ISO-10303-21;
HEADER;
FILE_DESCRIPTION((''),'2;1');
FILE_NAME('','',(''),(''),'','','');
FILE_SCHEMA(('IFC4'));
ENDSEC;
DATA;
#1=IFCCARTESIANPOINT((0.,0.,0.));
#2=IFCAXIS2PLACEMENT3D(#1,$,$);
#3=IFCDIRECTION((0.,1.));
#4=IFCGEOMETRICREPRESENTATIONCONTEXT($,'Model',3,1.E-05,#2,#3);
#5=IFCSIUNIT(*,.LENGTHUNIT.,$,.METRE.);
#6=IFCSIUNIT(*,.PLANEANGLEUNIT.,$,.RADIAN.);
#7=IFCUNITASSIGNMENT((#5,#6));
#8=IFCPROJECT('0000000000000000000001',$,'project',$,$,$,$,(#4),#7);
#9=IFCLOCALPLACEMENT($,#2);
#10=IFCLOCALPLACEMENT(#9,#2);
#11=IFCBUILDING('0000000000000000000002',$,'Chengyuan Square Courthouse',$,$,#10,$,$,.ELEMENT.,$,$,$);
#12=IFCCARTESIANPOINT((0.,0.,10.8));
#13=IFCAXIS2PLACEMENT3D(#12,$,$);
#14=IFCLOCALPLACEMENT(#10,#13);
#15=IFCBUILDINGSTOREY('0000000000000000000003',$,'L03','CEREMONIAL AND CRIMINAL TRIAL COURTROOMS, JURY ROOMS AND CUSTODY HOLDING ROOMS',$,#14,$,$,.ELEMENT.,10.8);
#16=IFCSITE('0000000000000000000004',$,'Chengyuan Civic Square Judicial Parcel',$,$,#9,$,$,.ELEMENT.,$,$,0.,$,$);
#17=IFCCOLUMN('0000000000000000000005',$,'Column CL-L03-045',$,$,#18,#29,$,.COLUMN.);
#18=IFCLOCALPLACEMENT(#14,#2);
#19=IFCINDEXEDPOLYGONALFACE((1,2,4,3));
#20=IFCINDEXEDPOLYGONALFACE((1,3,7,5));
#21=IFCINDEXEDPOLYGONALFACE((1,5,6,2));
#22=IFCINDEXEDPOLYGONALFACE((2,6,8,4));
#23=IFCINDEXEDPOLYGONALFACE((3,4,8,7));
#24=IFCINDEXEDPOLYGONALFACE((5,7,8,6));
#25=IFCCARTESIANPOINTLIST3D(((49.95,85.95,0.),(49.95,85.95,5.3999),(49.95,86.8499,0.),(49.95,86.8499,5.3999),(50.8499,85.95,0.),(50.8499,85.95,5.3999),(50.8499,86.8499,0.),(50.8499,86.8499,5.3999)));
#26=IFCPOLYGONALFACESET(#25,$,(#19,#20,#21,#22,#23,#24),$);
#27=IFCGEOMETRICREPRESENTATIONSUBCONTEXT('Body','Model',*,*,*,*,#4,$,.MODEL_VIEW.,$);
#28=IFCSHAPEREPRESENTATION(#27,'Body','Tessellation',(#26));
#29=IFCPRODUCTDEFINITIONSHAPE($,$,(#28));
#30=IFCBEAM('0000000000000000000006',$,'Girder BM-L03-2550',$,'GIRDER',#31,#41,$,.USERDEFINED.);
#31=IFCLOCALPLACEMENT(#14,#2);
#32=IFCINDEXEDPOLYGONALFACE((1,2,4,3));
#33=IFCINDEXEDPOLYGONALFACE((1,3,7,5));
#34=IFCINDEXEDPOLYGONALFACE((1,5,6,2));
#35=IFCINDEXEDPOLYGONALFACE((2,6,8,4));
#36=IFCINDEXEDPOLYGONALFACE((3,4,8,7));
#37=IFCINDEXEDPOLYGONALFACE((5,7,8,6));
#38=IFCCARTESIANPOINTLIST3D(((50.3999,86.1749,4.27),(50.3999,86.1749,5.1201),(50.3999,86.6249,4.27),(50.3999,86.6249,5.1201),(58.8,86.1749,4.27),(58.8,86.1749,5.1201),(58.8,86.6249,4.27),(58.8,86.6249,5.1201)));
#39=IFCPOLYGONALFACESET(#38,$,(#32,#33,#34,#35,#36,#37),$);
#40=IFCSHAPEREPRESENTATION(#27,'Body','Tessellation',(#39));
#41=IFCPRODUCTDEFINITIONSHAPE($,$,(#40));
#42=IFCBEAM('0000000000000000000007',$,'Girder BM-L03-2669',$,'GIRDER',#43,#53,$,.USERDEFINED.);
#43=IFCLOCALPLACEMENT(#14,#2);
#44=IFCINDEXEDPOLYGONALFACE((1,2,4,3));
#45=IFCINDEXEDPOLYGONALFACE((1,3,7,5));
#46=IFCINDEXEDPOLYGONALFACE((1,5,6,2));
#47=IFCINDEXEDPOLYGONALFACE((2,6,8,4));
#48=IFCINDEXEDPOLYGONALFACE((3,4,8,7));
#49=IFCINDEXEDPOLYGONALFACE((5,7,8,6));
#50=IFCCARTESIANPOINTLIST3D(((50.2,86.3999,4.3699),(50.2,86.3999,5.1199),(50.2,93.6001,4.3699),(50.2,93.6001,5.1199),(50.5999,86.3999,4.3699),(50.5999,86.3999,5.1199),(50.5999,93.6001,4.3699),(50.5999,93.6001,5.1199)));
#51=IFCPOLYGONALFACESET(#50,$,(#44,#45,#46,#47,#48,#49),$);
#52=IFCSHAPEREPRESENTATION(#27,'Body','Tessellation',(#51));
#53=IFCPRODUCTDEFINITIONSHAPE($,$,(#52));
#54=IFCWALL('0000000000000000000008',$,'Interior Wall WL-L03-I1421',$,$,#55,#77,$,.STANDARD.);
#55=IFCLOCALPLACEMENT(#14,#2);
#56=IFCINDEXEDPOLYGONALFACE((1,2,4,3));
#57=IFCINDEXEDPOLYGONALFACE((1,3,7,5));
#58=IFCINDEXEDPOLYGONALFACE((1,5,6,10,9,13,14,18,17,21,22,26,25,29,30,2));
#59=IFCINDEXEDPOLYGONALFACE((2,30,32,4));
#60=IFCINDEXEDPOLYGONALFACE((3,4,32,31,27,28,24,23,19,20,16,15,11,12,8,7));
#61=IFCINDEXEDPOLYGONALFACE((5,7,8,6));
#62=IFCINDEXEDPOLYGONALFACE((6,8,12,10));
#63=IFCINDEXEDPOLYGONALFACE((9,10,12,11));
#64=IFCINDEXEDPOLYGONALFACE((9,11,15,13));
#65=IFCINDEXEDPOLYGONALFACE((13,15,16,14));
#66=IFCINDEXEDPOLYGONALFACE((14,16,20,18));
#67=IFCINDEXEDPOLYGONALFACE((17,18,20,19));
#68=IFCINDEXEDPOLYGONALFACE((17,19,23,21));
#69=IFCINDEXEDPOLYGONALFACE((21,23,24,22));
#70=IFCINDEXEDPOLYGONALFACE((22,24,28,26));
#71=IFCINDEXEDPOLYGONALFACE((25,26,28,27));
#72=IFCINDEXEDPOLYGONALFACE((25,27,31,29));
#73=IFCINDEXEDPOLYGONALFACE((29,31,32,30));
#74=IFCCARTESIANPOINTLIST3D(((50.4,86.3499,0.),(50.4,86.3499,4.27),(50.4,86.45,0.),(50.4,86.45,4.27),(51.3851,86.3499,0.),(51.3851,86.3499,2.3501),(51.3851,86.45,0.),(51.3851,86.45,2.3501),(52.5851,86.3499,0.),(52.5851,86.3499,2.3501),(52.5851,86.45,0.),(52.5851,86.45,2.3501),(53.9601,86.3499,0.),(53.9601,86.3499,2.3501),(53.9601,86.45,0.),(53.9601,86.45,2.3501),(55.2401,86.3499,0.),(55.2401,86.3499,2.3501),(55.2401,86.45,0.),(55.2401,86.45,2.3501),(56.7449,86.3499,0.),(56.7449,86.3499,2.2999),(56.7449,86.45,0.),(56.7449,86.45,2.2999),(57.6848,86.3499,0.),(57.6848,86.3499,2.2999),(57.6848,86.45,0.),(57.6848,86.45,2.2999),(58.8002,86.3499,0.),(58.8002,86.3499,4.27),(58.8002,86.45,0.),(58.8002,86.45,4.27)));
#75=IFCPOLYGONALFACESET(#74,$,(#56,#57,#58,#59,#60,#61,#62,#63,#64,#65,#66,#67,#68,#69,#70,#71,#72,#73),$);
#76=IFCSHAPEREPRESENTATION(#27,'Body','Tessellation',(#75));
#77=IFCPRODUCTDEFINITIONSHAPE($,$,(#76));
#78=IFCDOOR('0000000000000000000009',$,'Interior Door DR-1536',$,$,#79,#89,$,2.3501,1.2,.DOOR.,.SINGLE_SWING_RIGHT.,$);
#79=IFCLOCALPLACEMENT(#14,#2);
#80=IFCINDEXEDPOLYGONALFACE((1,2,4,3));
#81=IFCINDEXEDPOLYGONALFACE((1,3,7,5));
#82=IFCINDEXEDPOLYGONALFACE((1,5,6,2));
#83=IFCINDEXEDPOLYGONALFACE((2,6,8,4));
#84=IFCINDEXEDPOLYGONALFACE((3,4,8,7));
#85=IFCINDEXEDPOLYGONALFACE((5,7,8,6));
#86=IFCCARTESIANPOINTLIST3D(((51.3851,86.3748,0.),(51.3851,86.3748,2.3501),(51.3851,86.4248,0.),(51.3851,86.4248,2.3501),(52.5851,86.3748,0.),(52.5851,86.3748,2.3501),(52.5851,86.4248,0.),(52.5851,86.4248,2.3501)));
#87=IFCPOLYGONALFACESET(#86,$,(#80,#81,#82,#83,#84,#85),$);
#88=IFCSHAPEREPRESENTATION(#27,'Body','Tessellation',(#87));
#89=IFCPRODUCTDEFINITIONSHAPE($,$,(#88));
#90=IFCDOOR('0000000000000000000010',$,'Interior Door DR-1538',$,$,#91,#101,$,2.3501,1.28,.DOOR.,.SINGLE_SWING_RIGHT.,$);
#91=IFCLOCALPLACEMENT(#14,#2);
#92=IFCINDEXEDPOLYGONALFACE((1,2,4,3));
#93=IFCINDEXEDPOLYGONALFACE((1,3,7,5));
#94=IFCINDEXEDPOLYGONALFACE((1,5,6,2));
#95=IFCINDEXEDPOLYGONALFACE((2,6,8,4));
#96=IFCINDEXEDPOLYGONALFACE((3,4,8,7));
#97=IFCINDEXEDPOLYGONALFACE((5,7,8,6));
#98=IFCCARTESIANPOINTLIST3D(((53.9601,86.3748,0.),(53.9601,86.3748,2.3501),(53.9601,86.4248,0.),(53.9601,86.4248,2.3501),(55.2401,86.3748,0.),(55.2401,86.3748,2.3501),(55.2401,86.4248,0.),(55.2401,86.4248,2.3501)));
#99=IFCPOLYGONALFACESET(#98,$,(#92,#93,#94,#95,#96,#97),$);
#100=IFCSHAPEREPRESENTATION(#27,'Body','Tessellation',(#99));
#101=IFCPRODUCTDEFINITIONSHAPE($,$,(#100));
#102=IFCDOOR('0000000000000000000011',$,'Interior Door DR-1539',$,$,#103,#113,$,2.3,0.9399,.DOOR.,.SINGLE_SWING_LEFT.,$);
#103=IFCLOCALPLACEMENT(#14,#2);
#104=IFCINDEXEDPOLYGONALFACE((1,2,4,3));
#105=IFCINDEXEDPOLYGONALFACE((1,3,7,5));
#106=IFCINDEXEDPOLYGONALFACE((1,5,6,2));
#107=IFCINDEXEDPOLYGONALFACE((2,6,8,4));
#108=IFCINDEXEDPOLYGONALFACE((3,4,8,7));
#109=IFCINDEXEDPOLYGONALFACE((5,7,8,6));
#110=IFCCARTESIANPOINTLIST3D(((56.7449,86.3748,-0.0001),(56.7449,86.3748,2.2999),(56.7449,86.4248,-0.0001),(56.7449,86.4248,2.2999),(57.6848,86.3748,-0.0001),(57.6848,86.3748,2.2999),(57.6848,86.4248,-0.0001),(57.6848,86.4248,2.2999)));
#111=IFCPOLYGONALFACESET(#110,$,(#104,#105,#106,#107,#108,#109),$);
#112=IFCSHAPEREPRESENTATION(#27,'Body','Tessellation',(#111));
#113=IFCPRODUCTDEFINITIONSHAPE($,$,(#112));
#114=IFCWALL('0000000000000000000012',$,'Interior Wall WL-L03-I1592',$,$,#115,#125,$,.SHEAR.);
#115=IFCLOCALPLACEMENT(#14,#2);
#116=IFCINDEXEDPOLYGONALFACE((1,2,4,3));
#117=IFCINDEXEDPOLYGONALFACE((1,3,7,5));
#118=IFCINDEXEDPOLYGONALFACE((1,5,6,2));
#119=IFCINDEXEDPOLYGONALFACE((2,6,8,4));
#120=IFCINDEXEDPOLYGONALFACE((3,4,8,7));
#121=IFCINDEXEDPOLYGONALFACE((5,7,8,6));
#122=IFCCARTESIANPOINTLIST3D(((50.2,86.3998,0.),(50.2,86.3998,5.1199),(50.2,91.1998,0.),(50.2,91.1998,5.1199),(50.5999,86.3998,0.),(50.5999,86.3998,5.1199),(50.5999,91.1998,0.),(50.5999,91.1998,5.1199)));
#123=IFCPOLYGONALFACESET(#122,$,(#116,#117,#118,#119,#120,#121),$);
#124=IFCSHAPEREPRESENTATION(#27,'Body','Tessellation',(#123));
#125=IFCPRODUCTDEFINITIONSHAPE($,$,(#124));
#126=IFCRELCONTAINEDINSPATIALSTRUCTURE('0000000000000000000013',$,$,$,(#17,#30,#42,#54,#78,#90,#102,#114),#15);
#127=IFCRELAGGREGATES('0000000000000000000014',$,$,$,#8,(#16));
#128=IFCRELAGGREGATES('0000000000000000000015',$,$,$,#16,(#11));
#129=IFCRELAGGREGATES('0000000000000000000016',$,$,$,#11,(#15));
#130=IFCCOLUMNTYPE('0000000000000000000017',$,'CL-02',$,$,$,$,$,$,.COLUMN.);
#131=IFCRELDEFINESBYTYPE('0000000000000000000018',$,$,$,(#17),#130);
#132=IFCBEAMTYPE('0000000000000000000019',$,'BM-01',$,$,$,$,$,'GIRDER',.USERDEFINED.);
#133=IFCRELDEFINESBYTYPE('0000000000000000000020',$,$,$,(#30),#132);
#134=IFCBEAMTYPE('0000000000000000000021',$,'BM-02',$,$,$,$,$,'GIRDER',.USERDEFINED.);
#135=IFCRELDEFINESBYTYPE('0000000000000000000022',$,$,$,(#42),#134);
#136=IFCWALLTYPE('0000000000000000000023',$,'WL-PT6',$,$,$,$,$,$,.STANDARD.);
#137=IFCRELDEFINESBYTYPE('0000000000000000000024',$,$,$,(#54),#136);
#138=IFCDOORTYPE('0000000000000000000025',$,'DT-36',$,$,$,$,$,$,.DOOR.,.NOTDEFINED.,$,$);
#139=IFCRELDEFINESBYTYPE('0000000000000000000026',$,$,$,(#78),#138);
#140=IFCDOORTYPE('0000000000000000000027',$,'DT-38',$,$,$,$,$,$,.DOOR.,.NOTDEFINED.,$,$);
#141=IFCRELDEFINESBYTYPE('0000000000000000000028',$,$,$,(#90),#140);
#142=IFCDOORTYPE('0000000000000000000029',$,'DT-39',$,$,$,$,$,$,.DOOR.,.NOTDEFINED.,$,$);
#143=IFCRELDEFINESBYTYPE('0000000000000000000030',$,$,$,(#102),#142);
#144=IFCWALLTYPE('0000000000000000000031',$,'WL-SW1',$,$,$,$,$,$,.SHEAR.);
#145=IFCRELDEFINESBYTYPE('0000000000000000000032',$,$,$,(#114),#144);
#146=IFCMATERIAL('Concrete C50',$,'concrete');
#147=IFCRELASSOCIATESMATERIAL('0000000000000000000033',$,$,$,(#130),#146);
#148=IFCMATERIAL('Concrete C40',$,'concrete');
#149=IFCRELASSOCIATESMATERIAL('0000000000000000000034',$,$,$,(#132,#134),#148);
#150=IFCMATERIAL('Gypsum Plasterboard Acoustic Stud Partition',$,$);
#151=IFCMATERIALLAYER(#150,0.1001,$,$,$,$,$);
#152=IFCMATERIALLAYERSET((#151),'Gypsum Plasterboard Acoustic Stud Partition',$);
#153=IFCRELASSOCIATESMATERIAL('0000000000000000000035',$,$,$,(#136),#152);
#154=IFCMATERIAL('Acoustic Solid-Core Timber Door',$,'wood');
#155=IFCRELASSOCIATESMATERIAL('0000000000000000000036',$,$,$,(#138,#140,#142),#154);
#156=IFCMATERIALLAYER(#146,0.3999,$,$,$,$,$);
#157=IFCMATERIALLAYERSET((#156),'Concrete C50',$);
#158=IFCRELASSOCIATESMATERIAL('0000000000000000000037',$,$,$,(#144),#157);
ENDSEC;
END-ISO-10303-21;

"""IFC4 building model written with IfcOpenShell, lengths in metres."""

from ifc_helpers import new_model, si_unit, direction, frame, frame_2d, origin, origin_2d, place, context, subcontext, project, spatial, rectangle, extrude, material, layer, layer_set, material_profile, profile_set, type_object, element, fill, save


model = new_model("IFC4")

# Units and contexts
model_context = context("Model", 3, precision=1e-05, world=origin(), true_north=direction((0.0, 1.0)))
body_context = subcontext(model_context, "Body", "Model", "MODEL_VIEW")
ifc_project = project(units=[si_unit("LENGTHUNIT", "METRE"), si_unit("PLANEANGLEUNIT", "RADIAN")], contexts=[model_context])

# Site, building, storey
site_placement = place(None, origin())
site = spatial("IfcSite", under=ifc_project, at=site_placement, Name="Chengyuan Civic Square Judicial Parcel", CompositionType="ELEMENT", RefElevation=0.0)
building_placement = place(site_placement, origin())
building = spatial("IfcBuilding", under=site, at=building_placement, Name="Chengyuan Square Courthouse", CompositionType="ELEMENT")
storey_placement = place(building_placement, frame((0.0, 0.0, 10.8)))
storey = spatial("IfcBuildingStorey", under=building, at=storey_placement, Name="L03", Description="CEREMONIAL AND CRIMINAL TRIAL COURTROOMS, JURY ROOMS AND CUSTODY HOLDING ROOMS", CompositionType="ELEMENT", Elevation=10.8)

# Column
ifc_material_1 = material(Name="Concrete C50", Category="concrete")
ifc_material_profile_1 = material_profile(ifc_material_1, rectangle(XDim=0.8999, YDim=0.8999, at=origin_2d()), Name="RC-COL-900x900")
ifc_profile_set_1 = profile_set([ifc_material_profile_1], Name="Concrete C50")
column_type = type_object("IfcColumnType", Name="CL-02", PredefinedType="COLUMN", material=ifc_profile_set_1)
column_placement = place(storey_placement, frame((50.3999, 86.3999, 0.0), z_axis=(0.0, 0.0, 1.0), x_axis=(1.0, 0.0, 0.0)))
element("IfcColumn", 1, at=column_placement, inside=storey, type_object=column_type, Name="Column CL-L03-045", PredefinedType="COLUMN", context=body_context, shape_type="SweptSolid", body=[
    extrude(rectangle(XDim=0.8999, YDim=0.8999, at=origin_2d()), origin(), (0.0, 0.0, 1.0), 5.3999),
])

# Beams
ifc_material_2 = material(Name="Concrete C40", Category="concrete")
ifc_material_profile_2 = material_profile(ifc_material_2, rectangle(XDim=0.45, YDim=0.8501, at=origin_2d()), Name="RC-BM-450x850")
ifc_profile_set_2 = profile_set([ifc_material_profile_2], Name="Concrete C40")
beam_type_1 = type_object("IfcBeamType", Name="BM-01", ElementType="GIRDER", PredefinedType="USERDEFINED", material=ifc_profile_set_2)
beam_1_placement = place(storey_placement, frame((50.3999, 86.3999, 4.6951), z_axis=(1.0, 0.0, 0.0), x_axis=(0.0, 1.0, 0.0)))
element("IfcBeam", 2, at=beam_1_placement, inside=storey, type_object=beam_type_1, Name="Girder BM-L03-2550", ObjectType="GIRDER", PredefinedType="USERDEFINED", context=body_context, shape_type="SweptSolid", body=[
    extrude(rectangle(XDim=0.45, YDim=0.8501, at=origin_2d()), origin(), (0.0, 0.0, 1.0), 8.4001),
])
ifc_material_profile_3 = material_profile(ifc_material_2, rectangle(XDim=0.3999, YDim=0.75, at=origin_2d()), Name="RC-BM-400x750")
ifc_profile_set_3 = profile_set([ifc_material_profile_3], Name="Concrete C40")
beam_type_2 = type_object("IfcBeamType", Name="BM-02", ElementType="GIRDER", PredefinedType="USERDEFINED", material=ifc_profile_set_3)
beam_2_placement = place(storey_placement, frame((50.3999, 86.3999, 4.7449), z_axis=(0.0, 1.0, 0.0), x_axis=(-1.0, 0.0, 0.0)))
element("IfcBeam", 3, at=beam_2_placement, inside=storey, type_object=beam_type_2, Name="Girder BM-L03-2669", ObjectType="GIRDER", PredefinedType="USERDEFINED", context=body_context, shape_type="SweptSolid", body=[
    extrude(rectangle(XDim=0.3999, YDim=0.75, at=origin_2d()), origin(), (0.0, 0.0, 1.0), 7.2002),
])

# Wall, openings, doors
ifc_material_3 = material(Name="Gypsum Plasterboard Acoustic Stud Partition")
ifc_layer_1 = layer(ifc_material_3, 0.1001)
ifc_layer_set_1 = layer_set([ifc_layer_1], Name="Gypsum Plasterboard Acoustic Stud Partition")
wall_type_1 = type_object("IfcWallType", Name="WL-PT6", PredefinedType="STANDARD", material=ifc_layer_set_1)
ifc_material_4 = material(Name="Acoustic Solid-Core Timber Door", Category="wood")
door_type_1 = type_object("IfcDoorType", Name="DT-36", OperationType="NOTDEFINED", PredefinedType="DOOR", material=ifc_material_4)
door_type_2 = type_object("IfcDoorType", Name="DT-38", OperationType="NOTDEFINED", PredefinedType="DOOR", material=ifc_material_4)
door_type_3 = type_object("IfcDoorType", Name="DT-39", OperationType="NOTDEFINED", PredefinedType="DOOR", material=ifc_material_4)
wall_1_placement = place(storey_placement, frame((50.3999, 86.3999, 0.0), z_axis=(0.0, 0.0, 1.0), x_axis=(1.0, 0.0, 0.0)))
wall_1 = element("IfcWall", 4, at=wall_1_placement, inside=storey, type_object=wall_type_1, Name="Interior Wall WL-L03-I1421", PredefinedType="STANDARD", context=body_context, shape_type="SweptSolid", body=[
    extrude(rectangle(XDim=8.4001, YDim=0.1001, at=frame_2d((4.2002, 0.0))), origin(), (0.0, 0.0, 1.0), 4.27),
])
opening_1_placement = place(wall_1_placement, frame((0.9851, 0.0, 0.0)))
opening_1 = element("IfcOpeningElement", 5, at=opening_1_placement, cuts=wall_1, PredefinedType="OPENING", context=body_context, shape_type="SweptSolid", body=[
    extrude(rectangle(XDim=1.2, YDim=2.3501, at=frame_2d((0.6001, 1.175))), frame((0.0, 0.062, 0.0), z_axis=(0.0, -1.0, 0.0), x_axis=(1.0, 0.0, 0.0)), (0.0, 0.0, 1.0), 0.124),
])
opening_2_placement = place(wall_1_placement, frame((3.5601, 0.0, 0.0)))
opening_2 = element("IfcOpeningElement", 6, at=opening_2_placement, cuts=wall_1, PredefinedType="OPENING", context=body_context, shape_type="SweptSolid", body=[
    extrude(rectangle(XDim=1.28, YDim=2.3501, at=frame_2d((0.6401, 1.175))), frame((0.0, 0.062, 0.0), z_axis=(0.0, -1.0, 0.0), x_axis=(1.0, 0.0, 0.0)), (0.0, 0.0, 1.0), 0.124),
])
opening_3_placement = place(wall_1_placement, frame((6.345, 0.0, 0.0)))
opening_3 = element("IfcOpeningElement", 7, at=opening_3_placement, cuts=wall_1, PredefinedType="OPENING", context=body_context, shape_type="SweptSolid", body=[
    extrude(rectangle(XDim=0.9399, YDim=2.3, at=frame_2d((0.47, 1.1499))), frame((0.0, 0.062, 0.0), z_axis=(0.0, -1.0, 0.0), x_axis=(1.0, 0.0, 0.0)), (0.0, 0.0, 1.0), 0.124),
])
door_1_placement = place(opening_1_placement, origin())
door_1 = element("IfcDoor", 8, at=door_1_placement, inside=storey, type_object=door_type_1, Name="Interior Door DR-1536", OperationType="SINGLE_SWING_RIGHT", OverallHeight=2.3501, OverallWidth=1.2, PredefinedType="DOOR", context=body_context, shape_type="SweptSolid", body=[
    extrude(rectangle(XDim=1.2, YDim=2.3501, at=frame_2d((0.6001, 1.175))), frame((0.0, 0.0249, 0.0), z_axis=(0.0, -1.0, 0.0), x_axis=(1.0, 0.0, 0.0)), (0.0, 0.0, 1.0), 0.05),
])
fill(opening_1, door_1)
door_2_placement = place(opening_2_placement, origin())
door_2 = element("IfcDoor", 9, at=door_2_placement, inside=storey, type_object=door_type_2, Name="Interior Door DR-1538", OperationType="SINGLE_SWING_RIGHT", OverallHeight=2.3501, OverallWidth=1.28, PredefinedType="DOOR", context=body_context, shape_type="SweptSolid", body=[
    extrude(rectangle(XDim=1.28, YDim=2.3501, at=frame_2d((0.6401, 1.175))), frame((0.0, 0.0249, 0.0), z_axis=(0.0, -1.0, 0.0), x_axis=(1.0, 0.0, 0.0)), (0.0, 0.0, 1.0), 0.05),
])
fill(opening_2, door_2)
door_3_placement = place(opening_3_placement, origin())
door_3 = element("IfcDoor", 10, at=door_3_placement, inside=storey, type_object=door_type_3, Name="Interior Door DR-1539", OperationType="SINGLE_SWING_LEFT", OverallHeight=2.3, OverallWidth=0.9399, PredefinedType="DOOR", context=body_context, shape_type="SweptSolid", body=[
    extrude(rectangle(XDim=0.9399, YDim=2.3, at=frame_2d((0.47, 1.1499))), frame((0.0, 0.0249, 0.0), z_axis=(0.0, -1.0, 0.0), x_axis=(1.0, 0.0, 0.0)), (0.0, 0.0, 1.0), 0.05),
])
fill(opening_3, door_3)

# Wall
ifc_layer_2 = layer(ifc_material_1, 0.3999)
ifc_layer_set_2 = layer_set([ifc_layer_2], Name="Concrete C50")
wall_type_2 = type_object("IfcWallType", Name="WL-SW1", PredefinedType="SHEAR", material=ifc_layer_set_2)
wall_2_placement = place(storey_placement, frame((50.3999, 86.3999, 0.0), z_axis=(0.0, 0.0, 1.0), x_axis=(0.0, 1.0, 0.0)))
element("IfcWall", 11, at=wall_2_placement, inside=storey, type_object=wall_type_2, Name="Interior Wall WL-L03-I1592", PredefinedType="SHEAR", context=body_context, shape_type="SweptSolid", body=[
    extrude(rectangle(XDim=4.8, YDim=0.3999, at=frame_2d((2.3999, 0.0))), origin(), (0.0, 0.0, 1.0), 5.1199),
])

save(model, "model.ifc")
